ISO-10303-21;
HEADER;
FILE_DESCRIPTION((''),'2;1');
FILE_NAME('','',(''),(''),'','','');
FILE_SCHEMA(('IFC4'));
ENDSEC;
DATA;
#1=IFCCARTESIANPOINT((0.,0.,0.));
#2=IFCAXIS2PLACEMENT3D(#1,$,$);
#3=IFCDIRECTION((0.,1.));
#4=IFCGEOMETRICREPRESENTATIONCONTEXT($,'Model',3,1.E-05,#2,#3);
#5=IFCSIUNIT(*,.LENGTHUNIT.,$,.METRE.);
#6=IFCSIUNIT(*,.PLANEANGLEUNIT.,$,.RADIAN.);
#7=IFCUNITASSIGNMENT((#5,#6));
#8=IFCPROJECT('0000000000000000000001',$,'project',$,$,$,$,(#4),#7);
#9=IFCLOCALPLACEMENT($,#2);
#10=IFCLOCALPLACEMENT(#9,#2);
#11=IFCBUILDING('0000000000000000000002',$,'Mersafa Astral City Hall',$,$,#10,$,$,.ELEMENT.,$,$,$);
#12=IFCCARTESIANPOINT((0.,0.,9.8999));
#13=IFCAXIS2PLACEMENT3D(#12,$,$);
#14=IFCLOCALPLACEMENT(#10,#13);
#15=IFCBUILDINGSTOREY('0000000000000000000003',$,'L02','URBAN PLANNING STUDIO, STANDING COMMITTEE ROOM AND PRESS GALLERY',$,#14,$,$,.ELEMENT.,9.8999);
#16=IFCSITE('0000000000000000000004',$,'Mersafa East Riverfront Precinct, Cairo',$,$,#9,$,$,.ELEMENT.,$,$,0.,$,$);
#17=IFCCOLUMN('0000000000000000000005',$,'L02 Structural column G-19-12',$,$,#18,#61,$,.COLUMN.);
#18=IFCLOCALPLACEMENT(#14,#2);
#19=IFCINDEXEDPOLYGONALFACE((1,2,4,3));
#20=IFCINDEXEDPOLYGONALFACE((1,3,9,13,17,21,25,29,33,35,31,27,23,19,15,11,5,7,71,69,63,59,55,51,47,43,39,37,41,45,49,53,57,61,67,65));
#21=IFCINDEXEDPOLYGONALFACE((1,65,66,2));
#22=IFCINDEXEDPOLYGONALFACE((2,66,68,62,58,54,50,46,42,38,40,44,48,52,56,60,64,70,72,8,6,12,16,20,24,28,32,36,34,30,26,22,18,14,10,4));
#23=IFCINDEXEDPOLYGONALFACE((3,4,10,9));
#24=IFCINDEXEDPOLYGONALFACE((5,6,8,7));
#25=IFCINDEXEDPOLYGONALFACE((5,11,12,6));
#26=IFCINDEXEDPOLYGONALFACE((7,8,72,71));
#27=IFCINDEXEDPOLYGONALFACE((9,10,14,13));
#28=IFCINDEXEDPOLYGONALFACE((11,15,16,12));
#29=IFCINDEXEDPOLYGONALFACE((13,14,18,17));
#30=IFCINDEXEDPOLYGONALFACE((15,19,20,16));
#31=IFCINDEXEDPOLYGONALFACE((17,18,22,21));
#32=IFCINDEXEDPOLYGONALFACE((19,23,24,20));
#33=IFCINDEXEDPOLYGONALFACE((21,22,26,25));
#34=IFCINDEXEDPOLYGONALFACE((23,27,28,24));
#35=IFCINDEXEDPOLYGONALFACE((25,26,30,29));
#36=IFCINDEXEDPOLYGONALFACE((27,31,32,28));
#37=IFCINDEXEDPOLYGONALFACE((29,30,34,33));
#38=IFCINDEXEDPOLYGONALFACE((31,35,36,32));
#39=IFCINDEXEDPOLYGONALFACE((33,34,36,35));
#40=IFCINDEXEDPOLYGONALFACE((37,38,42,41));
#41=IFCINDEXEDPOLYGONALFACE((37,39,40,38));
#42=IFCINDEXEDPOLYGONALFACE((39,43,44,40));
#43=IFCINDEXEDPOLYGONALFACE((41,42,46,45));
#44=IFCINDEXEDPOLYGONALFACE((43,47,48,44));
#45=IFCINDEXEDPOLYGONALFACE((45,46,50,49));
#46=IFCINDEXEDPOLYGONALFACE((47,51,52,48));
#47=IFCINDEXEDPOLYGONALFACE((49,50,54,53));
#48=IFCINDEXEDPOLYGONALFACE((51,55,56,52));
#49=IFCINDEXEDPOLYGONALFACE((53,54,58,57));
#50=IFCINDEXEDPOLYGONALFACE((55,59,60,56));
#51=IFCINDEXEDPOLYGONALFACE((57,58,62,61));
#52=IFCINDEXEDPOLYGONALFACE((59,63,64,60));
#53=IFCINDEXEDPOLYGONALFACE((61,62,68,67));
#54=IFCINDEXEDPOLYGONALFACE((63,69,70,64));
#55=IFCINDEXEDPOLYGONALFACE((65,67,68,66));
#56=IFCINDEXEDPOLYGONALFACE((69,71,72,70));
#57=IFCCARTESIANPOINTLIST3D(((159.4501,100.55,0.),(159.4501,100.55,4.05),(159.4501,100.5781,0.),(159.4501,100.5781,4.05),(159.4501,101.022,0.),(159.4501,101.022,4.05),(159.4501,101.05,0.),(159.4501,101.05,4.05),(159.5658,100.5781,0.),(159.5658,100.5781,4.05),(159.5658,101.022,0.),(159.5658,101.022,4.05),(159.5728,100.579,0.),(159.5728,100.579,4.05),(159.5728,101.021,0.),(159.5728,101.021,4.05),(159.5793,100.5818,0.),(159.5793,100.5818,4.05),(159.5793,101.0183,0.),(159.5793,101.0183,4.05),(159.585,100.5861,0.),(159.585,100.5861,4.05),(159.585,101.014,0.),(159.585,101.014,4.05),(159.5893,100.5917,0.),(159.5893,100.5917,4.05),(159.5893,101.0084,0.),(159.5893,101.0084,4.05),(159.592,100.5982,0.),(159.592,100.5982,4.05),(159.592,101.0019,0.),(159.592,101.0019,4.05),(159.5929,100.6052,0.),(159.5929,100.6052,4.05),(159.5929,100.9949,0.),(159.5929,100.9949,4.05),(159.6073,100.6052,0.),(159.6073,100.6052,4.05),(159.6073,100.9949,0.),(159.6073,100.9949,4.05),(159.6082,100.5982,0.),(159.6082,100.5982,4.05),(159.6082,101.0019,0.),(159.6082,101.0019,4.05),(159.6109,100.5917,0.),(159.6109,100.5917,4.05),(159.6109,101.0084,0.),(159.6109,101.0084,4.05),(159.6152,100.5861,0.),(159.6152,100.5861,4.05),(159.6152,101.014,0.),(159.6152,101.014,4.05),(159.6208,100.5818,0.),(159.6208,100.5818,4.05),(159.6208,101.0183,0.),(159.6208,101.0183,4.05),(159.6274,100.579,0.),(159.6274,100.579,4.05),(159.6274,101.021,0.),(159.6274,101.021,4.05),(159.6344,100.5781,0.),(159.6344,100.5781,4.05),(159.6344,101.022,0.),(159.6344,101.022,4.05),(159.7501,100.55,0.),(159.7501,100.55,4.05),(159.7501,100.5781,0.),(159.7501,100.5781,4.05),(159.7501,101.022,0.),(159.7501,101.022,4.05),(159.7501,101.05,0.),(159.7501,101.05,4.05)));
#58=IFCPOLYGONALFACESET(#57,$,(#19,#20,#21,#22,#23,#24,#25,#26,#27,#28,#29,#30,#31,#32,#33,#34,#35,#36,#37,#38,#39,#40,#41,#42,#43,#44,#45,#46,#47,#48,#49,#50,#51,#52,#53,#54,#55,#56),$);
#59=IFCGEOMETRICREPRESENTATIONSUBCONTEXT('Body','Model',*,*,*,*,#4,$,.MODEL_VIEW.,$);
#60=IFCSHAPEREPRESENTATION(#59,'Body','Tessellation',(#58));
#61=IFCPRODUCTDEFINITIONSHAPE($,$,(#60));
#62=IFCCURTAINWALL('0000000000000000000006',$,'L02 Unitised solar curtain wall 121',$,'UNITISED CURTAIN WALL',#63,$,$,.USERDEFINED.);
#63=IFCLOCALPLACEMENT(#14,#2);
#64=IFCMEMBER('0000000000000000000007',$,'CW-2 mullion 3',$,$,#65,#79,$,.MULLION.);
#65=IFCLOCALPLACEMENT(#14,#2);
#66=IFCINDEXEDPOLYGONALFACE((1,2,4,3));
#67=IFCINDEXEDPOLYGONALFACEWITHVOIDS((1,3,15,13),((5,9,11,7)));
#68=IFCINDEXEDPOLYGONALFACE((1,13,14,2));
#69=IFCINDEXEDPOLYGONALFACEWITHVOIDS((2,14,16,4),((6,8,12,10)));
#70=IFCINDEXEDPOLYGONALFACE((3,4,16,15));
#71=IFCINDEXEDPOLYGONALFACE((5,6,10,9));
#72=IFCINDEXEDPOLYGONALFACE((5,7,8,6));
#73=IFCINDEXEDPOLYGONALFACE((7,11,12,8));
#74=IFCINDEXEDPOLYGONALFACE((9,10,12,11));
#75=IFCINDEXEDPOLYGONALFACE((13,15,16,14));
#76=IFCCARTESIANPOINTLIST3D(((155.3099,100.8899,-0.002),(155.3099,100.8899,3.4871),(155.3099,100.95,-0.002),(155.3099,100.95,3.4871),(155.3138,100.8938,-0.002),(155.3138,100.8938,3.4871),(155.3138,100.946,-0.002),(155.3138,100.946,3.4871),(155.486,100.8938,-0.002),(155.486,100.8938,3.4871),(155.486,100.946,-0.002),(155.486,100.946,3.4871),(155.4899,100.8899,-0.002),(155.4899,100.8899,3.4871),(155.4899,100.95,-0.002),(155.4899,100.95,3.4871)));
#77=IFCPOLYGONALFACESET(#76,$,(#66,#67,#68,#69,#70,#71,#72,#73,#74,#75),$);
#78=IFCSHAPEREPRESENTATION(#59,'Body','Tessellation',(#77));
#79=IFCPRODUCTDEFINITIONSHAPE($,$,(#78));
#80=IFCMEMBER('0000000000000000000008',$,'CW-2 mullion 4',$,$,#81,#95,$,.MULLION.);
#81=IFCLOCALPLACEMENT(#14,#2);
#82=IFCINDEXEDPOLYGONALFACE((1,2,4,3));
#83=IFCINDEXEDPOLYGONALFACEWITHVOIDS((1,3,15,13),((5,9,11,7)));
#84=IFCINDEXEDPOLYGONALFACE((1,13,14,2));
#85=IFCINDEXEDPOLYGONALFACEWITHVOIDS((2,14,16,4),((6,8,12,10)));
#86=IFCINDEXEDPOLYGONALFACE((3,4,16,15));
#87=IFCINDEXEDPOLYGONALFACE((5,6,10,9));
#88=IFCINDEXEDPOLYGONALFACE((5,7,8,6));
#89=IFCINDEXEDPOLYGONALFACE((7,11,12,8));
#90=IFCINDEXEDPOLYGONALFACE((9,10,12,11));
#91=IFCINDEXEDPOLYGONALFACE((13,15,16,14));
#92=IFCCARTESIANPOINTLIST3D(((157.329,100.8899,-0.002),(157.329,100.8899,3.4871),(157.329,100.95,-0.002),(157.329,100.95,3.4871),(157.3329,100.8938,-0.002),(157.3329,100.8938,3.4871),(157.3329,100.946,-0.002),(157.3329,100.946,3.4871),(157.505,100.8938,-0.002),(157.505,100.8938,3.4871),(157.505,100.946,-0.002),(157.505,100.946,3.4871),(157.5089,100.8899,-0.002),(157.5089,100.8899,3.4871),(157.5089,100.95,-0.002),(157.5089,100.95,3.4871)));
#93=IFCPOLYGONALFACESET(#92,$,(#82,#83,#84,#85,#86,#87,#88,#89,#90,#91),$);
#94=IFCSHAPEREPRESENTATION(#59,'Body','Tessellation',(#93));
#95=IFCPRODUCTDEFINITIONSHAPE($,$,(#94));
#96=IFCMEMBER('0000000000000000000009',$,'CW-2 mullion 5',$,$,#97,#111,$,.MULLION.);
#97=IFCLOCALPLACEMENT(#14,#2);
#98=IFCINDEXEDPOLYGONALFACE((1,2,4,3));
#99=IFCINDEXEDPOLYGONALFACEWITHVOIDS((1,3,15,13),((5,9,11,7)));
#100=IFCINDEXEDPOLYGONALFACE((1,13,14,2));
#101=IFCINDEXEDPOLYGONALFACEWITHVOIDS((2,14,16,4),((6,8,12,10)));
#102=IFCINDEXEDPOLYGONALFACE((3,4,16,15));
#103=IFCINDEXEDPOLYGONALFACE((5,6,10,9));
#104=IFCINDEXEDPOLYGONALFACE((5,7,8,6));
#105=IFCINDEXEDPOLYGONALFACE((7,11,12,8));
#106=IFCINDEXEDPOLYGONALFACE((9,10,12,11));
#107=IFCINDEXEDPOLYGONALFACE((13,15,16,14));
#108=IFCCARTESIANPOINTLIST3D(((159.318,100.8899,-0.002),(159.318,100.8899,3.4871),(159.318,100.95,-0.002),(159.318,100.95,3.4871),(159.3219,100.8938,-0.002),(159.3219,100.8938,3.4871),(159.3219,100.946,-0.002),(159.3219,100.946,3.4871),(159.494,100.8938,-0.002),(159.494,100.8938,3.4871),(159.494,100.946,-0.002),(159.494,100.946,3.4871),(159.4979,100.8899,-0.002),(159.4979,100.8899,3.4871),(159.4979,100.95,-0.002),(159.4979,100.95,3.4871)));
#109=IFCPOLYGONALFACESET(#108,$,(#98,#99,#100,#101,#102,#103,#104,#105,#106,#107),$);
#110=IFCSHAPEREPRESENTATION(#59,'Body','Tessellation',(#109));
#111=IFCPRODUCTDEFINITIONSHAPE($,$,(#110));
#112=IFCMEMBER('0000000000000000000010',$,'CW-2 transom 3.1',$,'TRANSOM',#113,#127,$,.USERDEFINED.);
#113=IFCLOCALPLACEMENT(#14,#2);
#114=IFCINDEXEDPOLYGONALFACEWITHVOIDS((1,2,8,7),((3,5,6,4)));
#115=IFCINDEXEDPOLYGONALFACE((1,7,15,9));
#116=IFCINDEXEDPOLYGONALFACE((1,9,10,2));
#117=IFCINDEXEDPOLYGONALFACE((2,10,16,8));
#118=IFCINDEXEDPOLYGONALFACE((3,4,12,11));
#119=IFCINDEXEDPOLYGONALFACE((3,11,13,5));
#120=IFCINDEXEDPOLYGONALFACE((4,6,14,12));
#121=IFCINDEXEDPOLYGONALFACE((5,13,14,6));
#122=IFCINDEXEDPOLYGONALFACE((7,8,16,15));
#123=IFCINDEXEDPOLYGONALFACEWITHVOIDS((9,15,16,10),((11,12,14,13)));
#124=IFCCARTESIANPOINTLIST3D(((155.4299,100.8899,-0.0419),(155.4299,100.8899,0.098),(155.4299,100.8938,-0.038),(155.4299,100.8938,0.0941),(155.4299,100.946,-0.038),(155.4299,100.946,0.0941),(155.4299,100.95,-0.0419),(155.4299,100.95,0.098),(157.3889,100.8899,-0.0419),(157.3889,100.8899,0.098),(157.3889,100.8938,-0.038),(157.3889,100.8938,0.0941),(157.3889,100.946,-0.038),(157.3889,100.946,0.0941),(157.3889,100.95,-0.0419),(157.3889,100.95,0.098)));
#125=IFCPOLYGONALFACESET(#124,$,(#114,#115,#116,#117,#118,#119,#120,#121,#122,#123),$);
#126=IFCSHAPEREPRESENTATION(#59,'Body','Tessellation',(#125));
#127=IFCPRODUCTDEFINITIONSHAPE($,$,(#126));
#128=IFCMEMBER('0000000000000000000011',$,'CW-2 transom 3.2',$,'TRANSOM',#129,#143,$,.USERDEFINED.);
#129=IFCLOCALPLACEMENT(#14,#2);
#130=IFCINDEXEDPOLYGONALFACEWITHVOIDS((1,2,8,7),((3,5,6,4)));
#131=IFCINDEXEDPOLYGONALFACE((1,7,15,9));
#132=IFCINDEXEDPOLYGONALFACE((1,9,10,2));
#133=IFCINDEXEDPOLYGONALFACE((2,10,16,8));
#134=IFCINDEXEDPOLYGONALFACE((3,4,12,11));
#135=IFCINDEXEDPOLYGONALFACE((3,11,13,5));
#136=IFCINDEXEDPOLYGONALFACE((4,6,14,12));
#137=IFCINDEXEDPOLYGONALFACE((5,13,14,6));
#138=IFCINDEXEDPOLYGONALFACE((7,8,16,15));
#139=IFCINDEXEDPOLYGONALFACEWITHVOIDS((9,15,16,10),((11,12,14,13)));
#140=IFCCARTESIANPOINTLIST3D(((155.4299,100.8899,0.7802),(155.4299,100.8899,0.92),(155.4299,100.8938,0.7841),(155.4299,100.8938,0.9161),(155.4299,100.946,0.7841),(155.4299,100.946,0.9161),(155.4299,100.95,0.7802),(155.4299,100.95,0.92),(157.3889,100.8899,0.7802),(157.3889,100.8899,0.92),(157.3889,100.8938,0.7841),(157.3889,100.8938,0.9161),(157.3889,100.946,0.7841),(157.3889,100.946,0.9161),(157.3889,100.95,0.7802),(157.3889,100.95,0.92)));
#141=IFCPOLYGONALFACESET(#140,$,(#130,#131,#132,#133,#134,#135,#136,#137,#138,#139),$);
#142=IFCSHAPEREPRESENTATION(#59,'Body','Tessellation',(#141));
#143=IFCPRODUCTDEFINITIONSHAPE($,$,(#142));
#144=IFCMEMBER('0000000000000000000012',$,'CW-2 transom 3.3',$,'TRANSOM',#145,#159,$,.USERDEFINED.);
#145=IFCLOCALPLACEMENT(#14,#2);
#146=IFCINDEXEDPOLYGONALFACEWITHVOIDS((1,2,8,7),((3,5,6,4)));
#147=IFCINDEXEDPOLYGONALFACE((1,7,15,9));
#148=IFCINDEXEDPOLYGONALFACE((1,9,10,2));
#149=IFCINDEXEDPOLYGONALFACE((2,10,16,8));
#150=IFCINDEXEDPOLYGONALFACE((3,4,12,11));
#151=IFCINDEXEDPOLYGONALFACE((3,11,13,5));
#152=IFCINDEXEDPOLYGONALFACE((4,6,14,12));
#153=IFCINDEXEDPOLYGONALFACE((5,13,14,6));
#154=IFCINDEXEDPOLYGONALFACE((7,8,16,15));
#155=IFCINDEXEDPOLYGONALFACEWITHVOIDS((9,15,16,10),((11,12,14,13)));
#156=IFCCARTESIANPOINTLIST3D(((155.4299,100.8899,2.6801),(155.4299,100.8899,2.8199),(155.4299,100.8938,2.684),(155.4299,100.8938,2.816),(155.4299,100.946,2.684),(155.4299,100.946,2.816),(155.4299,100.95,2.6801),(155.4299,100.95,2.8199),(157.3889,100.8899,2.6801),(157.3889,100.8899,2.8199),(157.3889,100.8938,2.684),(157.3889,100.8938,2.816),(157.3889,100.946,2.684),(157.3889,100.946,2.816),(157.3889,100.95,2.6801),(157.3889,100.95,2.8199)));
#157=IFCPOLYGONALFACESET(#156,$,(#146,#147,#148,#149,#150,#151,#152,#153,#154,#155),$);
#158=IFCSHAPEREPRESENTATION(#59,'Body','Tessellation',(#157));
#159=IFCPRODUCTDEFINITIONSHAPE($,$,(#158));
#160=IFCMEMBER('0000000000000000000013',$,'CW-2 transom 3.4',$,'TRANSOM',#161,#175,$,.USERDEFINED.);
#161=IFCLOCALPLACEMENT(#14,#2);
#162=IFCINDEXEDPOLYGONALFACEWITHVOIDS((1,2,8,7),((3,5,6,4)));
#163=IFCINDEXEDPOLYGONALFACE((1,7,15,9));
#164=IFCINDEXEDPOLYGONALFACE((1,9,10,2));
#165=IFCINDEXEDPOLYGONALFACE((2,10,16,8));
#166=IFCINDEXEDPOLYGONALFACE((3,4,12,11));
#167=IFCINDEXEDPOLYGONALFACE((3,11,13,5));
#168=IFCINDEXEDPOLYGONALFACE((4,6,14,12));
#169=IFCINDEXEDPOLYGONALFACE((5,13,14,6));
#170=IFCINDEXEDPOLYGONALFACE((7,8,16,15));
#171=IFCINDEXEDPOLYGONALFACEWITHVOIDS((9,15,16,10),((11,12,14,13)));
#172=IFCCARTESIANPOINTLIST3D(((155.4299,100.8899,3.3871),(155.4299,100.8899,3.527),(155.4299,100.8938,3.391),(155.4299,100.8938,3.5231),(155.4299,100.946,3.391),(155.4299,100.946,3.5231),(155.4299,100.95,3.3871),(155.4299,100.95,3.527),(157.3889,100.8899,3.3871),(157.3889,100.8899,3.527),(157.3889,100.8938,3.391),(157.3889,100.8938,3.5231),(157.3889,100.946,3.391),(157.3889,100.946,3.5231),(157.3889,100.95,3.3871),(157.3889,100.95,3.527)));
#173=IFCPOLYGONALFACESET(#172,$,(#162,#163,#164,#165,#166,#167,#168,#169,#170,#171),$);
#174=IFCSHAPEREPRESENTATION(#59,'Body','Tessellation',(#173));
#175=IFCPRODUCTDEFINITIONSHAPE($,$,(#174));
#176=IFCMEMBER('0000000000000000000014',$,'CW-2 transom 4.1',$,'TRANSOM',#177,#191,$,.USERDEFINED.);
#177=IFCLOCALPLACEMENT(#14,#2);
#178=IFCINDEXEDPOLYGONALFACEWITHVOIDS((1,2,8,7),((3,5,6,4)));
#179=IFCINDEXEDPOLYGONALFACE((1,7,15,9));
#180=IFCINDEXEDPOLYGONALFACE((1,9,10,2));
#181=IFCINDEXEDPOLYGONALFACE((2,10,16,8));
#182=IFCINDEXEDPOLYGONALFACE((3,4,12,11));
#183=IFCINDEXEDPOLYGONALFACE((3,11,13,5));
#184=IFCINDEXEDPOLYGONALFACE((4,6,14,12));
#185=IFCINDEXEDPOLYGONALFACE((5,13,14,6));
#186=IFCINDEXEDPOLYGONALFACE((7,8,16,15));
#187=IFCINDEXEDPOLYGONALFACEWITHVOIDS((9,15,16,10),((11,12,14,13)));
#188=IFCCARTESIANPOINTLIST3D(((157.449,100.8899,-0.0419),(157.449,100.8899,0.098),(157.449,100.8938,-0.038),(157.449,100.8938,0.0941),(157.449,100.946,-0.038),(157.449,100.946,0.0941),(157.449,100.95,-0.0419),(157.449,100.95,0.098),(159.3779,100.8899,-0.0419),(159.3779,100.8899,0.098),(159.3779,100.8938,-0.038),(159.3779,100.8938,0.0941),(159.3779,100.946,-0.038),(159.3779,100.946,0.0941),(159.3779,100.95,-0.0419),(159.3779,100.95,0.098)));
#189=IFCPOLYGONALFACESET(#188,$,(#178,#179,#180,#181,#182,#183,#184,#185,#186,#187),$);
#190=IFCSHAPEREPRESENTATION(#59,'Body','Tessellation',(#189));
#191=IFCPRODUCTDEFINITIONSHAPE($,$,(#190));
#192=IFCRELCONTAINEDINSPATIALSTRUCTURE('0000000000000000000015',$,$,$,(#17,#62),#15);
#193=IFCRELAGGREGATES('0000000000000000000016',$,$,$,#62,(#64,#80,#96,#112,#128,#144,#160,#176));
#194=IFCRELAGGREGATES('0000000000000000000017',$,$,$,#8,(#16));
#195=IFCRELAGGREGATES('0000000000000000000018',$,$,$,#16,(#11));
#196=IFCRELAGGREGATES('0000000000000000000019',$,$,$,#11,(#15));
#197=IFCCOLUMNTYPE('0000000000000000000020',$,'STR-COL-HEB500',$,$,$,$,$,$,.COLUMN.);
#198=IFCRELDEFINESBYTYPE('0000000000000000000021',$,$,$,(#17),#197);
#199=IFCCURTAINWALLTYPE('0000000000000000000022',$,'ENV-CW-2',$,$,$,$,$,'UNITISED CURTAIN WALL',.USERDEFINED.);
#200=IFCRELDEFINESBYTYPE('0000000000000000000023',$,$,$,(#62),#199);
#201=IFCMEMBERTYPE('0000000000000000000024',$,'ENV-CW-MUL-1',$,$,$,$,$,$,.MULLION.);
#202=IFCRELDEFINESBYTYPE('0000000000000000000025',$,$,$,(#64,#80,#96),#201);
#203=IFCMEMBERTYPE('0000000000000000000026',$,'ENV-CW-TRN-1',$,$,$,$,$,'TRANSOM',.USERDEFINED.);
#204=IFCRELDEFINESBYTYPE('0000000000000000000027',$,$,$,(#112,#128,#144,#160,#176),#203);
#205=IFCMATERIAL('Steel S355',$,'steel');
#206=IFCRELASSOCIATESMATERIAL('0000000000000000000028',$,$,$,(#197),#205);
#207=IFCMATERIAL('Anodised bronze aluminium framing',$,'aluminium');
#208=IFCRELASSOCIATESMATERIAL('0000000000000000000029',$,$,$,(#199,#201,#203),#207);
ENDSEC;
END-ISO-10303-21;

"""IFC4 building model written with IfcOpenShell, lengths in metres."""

from ifc_helpers import new_model, si_unit, direction, frame, origin, origin_2d, place, context, subcontext, project, spatial, hollow_rectangle, i_section, extrude, material, material_profile, profile_set, type_object, element, aggregate, save


model = new_model("IFC4")

# Units and contexts
model_context = context("Model", 3, precision=1e-05, world=origin(), true_north=direction((0.0, 1.0)))
body_context = subcontext(model_context, "Body", "Model", "MODEL_VIEW")
ifc_project = project(units=[si_unit("LENGTHUNIT", "METRE"), si_unit("PLANEANGLEUNIT", "RADIAN")], contexts=[model_context])

# Site, building, storey
site_placement = place(None, origin())
site = spatial("IfcSite", under=ifc_project, at=site_placement, Name="Mersafa East Riverfront Precinct, Cairo", CompositionType="ELEMENT", RefElevation=0.0)
building_placement = place(site_placement, origin())
building = spatial("IfcBuilding", under=site, at=building_placement, Name="Mersafa Astral City Hall", CompositionType="ELEMENT")
storey_placement = place(building_placement, frame((0.0, 0.0, 9.8999)))
storey = spatial("IfcBuildingStorey", under=building, at=storey_placement, Name="L02", Description="URBAN PLANNING STUDIO, STANDING COMMITTEE ROOM AND PRESS GALLERY", CompositionType="ELEMENT", Elevation=9.8999)

# Column
ifc_material_1 = material(Name="Steel S355", Category="steel")
ifc_material_profile_1 = material_profile(ifc_material_1, i_section(OverallWidth=0.3, OverallDepth=0.5, WebThickness=0.0144, FlangeThickness=0.0281, FilletRadius=0.0271, at=origin_2d()), Name="HEB 500")
ifc_profile_set_1 = profile_set([ifc_material_profile_1], Name="Steel S355")
column_type = type_object("IfcColumnType", Name="STR-COL-HEB500", PredefinedType="COLUMN", material=ifc_profile_set_1)
column_placement = place(storey_placement, frame((159.6001, 100.8, 0.0), z_axis=(0.0, 0.0, 1.0), x_axis=(1.0, 0.0, 0.0)))
element("IfcColumn", 1, at=column_placement, inside=storey, type_object=column_type, Name="L02 Structural column G-19-12", PredefinedType="COLUMN", context=body_context, shape_type="SweptSolid", body=[
    extrude(i_section(OverallWidth=0.3, OverallDepth=0.5, WebThickness=0.0144, FlangeThickness=0.0281, FilletRadius=0.0271, at=origin_2d()), origin(), (0.0, 0.0, 1.0), 4.05),
])

# Curtain wall, members
ifc_material_2 = material(Name="Anodised bronze aluminium framing", Category="aluminium")
curtain_wall_type = type_object("IfcCurtainWallType", Name="ENV-CW-2", ElementType="UNITISED CURTAIN WALL", PredefinedType="USERDEFINED", material=ifc_material_2)
curtain_wall_placement = place(storey_placement, origin())
curtain_wall = element("IfcCurtainWall", 2, at=curtain_wall_placement, inside=storey, type_object=curtain_wall_type, Name="L02 Unitised solar curtain wall 121", ObjectType="UNITISED CURTAIN WALL", PredefinedType="USERDEFINED")
ifc_material_profile_2 = material_profile(ifc_material_2, hollow_rectangle(XDim=0.0601, YDim=0.1799, WallThickness=0.0039, at=origin_2d()), Name="RHS 60x180x4")
ifc_profile_set_2 = profile_set([ifc_material_profile_2], Name="Anodised bronze aluminium framing")
member_type_1 = type_object("IfcMemberType", Name="ENV-CW-MUL-1", PredefinedType="MULLION", material=ifc_profile_set_2)
member_1_placement = place(storey_placement, frame((155.3999, 100.9199, -0.002), z_axis=(0.0, 0.0, 1.0), x_axis=(0.0, 1.0, 0.0)))
member_1 = element("IfcMember", 3, at=member_1_placement, type_object=member_type_1, Name="CW-2 mullion 3", PredefinedType="MULLION", context=body_context, shape_type="SweptSolid", body=[
    extrude(hollow_rectangle(XDim=0.0601, YDim=0.1799, WallThickness=0.0039, at=origin_2d()), origin(), (0.0, 0.0, 1.0), 3.489),
])
member_2_placement = place(storey_placement, frame((157.4189, 100.9199, -0.002), z_axis=(0.0, 0.0, 1.0), x_axis=(0.0, 1.0, 0.0)))
member_2 = element("IfcMember", 4, at=member_2_placement, type_object=member_type_1, Name="CW-2 mullion 4", PredefinedType="MULLION", context=body_context, shape_type="SweptSolid", body=[
    extrude(hollow_rectangle(XDim=0.0601, YDim=0.1799, WallThickness=0.0039, at=origin_2d()), origin(), (0.0, 0.0, 1.0), 3.489),
])
member_3_placement = place(storey_placement, frame((159.408, 100.9199, -0.002), z_axis=(0.0, 0.0, 1.0), x_axis=(0.0, 1.0, 0.0)))
member_3 = element("IfcMember", 5, at=member_3_placement, type_object=member_type_1, Name="CW-2 mullion 5", PredefinedType="MULLION", context=body_context, shape_type="SweptSolid", body=[
    extrude(hollow_rectangle(XDim=0.0601, YDim=0.1799, WallThickness=0.0039, at=origin_2d()), origin(), (0.0, 0.0, 1.0), 3.489),
])
ifc_material_profile_3 = material_profile(ifc_material_2, hollow_rectangle(XDim=0.0601, YDim=0.1399, WallThickness=0.0039, at=origin_2d()), Name="RHS 60x140x4")
ifc_profile_set_3 = profile_set([ifc_material_profile_3], Name="Anodised bronze aluminium framing")
member_type_2 = type_object("IfcMemberType", Name="ENV-CW-TRN-1", ElementType="TRANSOM", PredefinedType="USERDEFINED", material=ifc_profile_set_3)
member_4_placement = place(storey_placement, frame((155.4299, 100.9199, 0.0281), z_axis=(1.0, 0.0, 0.0), x_axis=(0.0, 1.0, 0.0)))
member_4 = element("IfcMember", 6, at=member_4_placement, type_object=member_type_2, Name="CW-2 transom 3.1", ObjectType="TRANSOM", PredefinedType="USERDEFINED", context=body_context, shape_type="SweptSolid", body=[
    extrude(hollow_rectangle(XDim=0.0601, YDim=0.1399, WallThickness=0.0039, at=origin_2d()), origin(), (0.0, 0.0, 1.0), 1.959),
])
member_5_placement = place(storey_placement, frame((155.4299, 100.9199, 0.8501), z_axis=(1.0, 0.0, 0.0), x_axis=(0.0, 1.0, 0.0)))
member_5 = element("IfcMember", 7, at=member_5_placement, type_object=member_type_2, Name="CW-2 transom 3.2", ObjectType="TRANSOM", PredefinedType="USERDEFINED", context=body_context, shape_type="SweptSolid", body=[
    extrude(hollow_rectangle(XDim=0.0601, YDim=0.1399, WallThickness=0.0039, at=origin_2d()), origin(), (0.0, 0.0, 1.0), 1.959),
])
member_6_placement = place(storey_placement, frame((155.4299, 100.9199, 2.75), z_axis=(1.0, 0.0, 0.0), x_axis=(0.0, 1.0, 0.0)))
member_6 = element("IfcMember", 8, at=member_6_placement, type_object=member_type_2, Name="CW-2 transom 3.3", ObjectType="TRANSOM", PredefinedType="USERDEFINED", context=body_context, shape_type="SweptSolid", body=[
    extrude(hollow_rectangle(XDim=0.0601, YDim=0.1399, WallThickness=0.0039, at=origin_2d()), origin(), (0.0, 0.0, 1.0), 1.959),
])
member_7_placement = place(storey_placement, frame((155.4299, 100.9199, 3.457), z_axis=(1.0, 0.0, 0.0), x_axis=(0.0, 1.0, 0.0)))
member_7 = element("IfcMember", 9, at=member_7_placement, type_object=member_type_2, Name="CW-2 transom 3.4", ObjectType="TRANSOM", PredefinedType="USERDEFINED", context=body_context, shape_type="SweptSolid", body=[
    extrude(hollow_rectangle(XDim=0.0601, YDim=0.1399, WallThickness=0.0039, at=origin_2d()), origin(), (0.0, 0.0, 1.0), 1.959),
])
member_8_placement = place(storey_placement, frame((157.449, 100.9199, 0.0281), z_axis=(1.0, 0.0, 0.0), x_axis=(0.0, 1.0, 0.0)))
member_8 = element("IfcMember", 10, at=member_8_placement, type_object=member_type_2, Name="CW-2 transom 4.1", ObjectType="TRANSOM", PredefinedType="USERDEFINED", context=body_context, shape_type="SweptSolid", body=[
    extrude(hollow_rectangle(XDim=0.0601, YDim=0.1399, WallThickness=0.0039, at=origin_2d()), origin(), (0.0, 0.0, 1.0), 1.929),
])

aggregate(curtain_wall, [member_1, member_2, member_3, member_4, member_5, member_6, member_7, member_8])

save(model, "model.ifc")
